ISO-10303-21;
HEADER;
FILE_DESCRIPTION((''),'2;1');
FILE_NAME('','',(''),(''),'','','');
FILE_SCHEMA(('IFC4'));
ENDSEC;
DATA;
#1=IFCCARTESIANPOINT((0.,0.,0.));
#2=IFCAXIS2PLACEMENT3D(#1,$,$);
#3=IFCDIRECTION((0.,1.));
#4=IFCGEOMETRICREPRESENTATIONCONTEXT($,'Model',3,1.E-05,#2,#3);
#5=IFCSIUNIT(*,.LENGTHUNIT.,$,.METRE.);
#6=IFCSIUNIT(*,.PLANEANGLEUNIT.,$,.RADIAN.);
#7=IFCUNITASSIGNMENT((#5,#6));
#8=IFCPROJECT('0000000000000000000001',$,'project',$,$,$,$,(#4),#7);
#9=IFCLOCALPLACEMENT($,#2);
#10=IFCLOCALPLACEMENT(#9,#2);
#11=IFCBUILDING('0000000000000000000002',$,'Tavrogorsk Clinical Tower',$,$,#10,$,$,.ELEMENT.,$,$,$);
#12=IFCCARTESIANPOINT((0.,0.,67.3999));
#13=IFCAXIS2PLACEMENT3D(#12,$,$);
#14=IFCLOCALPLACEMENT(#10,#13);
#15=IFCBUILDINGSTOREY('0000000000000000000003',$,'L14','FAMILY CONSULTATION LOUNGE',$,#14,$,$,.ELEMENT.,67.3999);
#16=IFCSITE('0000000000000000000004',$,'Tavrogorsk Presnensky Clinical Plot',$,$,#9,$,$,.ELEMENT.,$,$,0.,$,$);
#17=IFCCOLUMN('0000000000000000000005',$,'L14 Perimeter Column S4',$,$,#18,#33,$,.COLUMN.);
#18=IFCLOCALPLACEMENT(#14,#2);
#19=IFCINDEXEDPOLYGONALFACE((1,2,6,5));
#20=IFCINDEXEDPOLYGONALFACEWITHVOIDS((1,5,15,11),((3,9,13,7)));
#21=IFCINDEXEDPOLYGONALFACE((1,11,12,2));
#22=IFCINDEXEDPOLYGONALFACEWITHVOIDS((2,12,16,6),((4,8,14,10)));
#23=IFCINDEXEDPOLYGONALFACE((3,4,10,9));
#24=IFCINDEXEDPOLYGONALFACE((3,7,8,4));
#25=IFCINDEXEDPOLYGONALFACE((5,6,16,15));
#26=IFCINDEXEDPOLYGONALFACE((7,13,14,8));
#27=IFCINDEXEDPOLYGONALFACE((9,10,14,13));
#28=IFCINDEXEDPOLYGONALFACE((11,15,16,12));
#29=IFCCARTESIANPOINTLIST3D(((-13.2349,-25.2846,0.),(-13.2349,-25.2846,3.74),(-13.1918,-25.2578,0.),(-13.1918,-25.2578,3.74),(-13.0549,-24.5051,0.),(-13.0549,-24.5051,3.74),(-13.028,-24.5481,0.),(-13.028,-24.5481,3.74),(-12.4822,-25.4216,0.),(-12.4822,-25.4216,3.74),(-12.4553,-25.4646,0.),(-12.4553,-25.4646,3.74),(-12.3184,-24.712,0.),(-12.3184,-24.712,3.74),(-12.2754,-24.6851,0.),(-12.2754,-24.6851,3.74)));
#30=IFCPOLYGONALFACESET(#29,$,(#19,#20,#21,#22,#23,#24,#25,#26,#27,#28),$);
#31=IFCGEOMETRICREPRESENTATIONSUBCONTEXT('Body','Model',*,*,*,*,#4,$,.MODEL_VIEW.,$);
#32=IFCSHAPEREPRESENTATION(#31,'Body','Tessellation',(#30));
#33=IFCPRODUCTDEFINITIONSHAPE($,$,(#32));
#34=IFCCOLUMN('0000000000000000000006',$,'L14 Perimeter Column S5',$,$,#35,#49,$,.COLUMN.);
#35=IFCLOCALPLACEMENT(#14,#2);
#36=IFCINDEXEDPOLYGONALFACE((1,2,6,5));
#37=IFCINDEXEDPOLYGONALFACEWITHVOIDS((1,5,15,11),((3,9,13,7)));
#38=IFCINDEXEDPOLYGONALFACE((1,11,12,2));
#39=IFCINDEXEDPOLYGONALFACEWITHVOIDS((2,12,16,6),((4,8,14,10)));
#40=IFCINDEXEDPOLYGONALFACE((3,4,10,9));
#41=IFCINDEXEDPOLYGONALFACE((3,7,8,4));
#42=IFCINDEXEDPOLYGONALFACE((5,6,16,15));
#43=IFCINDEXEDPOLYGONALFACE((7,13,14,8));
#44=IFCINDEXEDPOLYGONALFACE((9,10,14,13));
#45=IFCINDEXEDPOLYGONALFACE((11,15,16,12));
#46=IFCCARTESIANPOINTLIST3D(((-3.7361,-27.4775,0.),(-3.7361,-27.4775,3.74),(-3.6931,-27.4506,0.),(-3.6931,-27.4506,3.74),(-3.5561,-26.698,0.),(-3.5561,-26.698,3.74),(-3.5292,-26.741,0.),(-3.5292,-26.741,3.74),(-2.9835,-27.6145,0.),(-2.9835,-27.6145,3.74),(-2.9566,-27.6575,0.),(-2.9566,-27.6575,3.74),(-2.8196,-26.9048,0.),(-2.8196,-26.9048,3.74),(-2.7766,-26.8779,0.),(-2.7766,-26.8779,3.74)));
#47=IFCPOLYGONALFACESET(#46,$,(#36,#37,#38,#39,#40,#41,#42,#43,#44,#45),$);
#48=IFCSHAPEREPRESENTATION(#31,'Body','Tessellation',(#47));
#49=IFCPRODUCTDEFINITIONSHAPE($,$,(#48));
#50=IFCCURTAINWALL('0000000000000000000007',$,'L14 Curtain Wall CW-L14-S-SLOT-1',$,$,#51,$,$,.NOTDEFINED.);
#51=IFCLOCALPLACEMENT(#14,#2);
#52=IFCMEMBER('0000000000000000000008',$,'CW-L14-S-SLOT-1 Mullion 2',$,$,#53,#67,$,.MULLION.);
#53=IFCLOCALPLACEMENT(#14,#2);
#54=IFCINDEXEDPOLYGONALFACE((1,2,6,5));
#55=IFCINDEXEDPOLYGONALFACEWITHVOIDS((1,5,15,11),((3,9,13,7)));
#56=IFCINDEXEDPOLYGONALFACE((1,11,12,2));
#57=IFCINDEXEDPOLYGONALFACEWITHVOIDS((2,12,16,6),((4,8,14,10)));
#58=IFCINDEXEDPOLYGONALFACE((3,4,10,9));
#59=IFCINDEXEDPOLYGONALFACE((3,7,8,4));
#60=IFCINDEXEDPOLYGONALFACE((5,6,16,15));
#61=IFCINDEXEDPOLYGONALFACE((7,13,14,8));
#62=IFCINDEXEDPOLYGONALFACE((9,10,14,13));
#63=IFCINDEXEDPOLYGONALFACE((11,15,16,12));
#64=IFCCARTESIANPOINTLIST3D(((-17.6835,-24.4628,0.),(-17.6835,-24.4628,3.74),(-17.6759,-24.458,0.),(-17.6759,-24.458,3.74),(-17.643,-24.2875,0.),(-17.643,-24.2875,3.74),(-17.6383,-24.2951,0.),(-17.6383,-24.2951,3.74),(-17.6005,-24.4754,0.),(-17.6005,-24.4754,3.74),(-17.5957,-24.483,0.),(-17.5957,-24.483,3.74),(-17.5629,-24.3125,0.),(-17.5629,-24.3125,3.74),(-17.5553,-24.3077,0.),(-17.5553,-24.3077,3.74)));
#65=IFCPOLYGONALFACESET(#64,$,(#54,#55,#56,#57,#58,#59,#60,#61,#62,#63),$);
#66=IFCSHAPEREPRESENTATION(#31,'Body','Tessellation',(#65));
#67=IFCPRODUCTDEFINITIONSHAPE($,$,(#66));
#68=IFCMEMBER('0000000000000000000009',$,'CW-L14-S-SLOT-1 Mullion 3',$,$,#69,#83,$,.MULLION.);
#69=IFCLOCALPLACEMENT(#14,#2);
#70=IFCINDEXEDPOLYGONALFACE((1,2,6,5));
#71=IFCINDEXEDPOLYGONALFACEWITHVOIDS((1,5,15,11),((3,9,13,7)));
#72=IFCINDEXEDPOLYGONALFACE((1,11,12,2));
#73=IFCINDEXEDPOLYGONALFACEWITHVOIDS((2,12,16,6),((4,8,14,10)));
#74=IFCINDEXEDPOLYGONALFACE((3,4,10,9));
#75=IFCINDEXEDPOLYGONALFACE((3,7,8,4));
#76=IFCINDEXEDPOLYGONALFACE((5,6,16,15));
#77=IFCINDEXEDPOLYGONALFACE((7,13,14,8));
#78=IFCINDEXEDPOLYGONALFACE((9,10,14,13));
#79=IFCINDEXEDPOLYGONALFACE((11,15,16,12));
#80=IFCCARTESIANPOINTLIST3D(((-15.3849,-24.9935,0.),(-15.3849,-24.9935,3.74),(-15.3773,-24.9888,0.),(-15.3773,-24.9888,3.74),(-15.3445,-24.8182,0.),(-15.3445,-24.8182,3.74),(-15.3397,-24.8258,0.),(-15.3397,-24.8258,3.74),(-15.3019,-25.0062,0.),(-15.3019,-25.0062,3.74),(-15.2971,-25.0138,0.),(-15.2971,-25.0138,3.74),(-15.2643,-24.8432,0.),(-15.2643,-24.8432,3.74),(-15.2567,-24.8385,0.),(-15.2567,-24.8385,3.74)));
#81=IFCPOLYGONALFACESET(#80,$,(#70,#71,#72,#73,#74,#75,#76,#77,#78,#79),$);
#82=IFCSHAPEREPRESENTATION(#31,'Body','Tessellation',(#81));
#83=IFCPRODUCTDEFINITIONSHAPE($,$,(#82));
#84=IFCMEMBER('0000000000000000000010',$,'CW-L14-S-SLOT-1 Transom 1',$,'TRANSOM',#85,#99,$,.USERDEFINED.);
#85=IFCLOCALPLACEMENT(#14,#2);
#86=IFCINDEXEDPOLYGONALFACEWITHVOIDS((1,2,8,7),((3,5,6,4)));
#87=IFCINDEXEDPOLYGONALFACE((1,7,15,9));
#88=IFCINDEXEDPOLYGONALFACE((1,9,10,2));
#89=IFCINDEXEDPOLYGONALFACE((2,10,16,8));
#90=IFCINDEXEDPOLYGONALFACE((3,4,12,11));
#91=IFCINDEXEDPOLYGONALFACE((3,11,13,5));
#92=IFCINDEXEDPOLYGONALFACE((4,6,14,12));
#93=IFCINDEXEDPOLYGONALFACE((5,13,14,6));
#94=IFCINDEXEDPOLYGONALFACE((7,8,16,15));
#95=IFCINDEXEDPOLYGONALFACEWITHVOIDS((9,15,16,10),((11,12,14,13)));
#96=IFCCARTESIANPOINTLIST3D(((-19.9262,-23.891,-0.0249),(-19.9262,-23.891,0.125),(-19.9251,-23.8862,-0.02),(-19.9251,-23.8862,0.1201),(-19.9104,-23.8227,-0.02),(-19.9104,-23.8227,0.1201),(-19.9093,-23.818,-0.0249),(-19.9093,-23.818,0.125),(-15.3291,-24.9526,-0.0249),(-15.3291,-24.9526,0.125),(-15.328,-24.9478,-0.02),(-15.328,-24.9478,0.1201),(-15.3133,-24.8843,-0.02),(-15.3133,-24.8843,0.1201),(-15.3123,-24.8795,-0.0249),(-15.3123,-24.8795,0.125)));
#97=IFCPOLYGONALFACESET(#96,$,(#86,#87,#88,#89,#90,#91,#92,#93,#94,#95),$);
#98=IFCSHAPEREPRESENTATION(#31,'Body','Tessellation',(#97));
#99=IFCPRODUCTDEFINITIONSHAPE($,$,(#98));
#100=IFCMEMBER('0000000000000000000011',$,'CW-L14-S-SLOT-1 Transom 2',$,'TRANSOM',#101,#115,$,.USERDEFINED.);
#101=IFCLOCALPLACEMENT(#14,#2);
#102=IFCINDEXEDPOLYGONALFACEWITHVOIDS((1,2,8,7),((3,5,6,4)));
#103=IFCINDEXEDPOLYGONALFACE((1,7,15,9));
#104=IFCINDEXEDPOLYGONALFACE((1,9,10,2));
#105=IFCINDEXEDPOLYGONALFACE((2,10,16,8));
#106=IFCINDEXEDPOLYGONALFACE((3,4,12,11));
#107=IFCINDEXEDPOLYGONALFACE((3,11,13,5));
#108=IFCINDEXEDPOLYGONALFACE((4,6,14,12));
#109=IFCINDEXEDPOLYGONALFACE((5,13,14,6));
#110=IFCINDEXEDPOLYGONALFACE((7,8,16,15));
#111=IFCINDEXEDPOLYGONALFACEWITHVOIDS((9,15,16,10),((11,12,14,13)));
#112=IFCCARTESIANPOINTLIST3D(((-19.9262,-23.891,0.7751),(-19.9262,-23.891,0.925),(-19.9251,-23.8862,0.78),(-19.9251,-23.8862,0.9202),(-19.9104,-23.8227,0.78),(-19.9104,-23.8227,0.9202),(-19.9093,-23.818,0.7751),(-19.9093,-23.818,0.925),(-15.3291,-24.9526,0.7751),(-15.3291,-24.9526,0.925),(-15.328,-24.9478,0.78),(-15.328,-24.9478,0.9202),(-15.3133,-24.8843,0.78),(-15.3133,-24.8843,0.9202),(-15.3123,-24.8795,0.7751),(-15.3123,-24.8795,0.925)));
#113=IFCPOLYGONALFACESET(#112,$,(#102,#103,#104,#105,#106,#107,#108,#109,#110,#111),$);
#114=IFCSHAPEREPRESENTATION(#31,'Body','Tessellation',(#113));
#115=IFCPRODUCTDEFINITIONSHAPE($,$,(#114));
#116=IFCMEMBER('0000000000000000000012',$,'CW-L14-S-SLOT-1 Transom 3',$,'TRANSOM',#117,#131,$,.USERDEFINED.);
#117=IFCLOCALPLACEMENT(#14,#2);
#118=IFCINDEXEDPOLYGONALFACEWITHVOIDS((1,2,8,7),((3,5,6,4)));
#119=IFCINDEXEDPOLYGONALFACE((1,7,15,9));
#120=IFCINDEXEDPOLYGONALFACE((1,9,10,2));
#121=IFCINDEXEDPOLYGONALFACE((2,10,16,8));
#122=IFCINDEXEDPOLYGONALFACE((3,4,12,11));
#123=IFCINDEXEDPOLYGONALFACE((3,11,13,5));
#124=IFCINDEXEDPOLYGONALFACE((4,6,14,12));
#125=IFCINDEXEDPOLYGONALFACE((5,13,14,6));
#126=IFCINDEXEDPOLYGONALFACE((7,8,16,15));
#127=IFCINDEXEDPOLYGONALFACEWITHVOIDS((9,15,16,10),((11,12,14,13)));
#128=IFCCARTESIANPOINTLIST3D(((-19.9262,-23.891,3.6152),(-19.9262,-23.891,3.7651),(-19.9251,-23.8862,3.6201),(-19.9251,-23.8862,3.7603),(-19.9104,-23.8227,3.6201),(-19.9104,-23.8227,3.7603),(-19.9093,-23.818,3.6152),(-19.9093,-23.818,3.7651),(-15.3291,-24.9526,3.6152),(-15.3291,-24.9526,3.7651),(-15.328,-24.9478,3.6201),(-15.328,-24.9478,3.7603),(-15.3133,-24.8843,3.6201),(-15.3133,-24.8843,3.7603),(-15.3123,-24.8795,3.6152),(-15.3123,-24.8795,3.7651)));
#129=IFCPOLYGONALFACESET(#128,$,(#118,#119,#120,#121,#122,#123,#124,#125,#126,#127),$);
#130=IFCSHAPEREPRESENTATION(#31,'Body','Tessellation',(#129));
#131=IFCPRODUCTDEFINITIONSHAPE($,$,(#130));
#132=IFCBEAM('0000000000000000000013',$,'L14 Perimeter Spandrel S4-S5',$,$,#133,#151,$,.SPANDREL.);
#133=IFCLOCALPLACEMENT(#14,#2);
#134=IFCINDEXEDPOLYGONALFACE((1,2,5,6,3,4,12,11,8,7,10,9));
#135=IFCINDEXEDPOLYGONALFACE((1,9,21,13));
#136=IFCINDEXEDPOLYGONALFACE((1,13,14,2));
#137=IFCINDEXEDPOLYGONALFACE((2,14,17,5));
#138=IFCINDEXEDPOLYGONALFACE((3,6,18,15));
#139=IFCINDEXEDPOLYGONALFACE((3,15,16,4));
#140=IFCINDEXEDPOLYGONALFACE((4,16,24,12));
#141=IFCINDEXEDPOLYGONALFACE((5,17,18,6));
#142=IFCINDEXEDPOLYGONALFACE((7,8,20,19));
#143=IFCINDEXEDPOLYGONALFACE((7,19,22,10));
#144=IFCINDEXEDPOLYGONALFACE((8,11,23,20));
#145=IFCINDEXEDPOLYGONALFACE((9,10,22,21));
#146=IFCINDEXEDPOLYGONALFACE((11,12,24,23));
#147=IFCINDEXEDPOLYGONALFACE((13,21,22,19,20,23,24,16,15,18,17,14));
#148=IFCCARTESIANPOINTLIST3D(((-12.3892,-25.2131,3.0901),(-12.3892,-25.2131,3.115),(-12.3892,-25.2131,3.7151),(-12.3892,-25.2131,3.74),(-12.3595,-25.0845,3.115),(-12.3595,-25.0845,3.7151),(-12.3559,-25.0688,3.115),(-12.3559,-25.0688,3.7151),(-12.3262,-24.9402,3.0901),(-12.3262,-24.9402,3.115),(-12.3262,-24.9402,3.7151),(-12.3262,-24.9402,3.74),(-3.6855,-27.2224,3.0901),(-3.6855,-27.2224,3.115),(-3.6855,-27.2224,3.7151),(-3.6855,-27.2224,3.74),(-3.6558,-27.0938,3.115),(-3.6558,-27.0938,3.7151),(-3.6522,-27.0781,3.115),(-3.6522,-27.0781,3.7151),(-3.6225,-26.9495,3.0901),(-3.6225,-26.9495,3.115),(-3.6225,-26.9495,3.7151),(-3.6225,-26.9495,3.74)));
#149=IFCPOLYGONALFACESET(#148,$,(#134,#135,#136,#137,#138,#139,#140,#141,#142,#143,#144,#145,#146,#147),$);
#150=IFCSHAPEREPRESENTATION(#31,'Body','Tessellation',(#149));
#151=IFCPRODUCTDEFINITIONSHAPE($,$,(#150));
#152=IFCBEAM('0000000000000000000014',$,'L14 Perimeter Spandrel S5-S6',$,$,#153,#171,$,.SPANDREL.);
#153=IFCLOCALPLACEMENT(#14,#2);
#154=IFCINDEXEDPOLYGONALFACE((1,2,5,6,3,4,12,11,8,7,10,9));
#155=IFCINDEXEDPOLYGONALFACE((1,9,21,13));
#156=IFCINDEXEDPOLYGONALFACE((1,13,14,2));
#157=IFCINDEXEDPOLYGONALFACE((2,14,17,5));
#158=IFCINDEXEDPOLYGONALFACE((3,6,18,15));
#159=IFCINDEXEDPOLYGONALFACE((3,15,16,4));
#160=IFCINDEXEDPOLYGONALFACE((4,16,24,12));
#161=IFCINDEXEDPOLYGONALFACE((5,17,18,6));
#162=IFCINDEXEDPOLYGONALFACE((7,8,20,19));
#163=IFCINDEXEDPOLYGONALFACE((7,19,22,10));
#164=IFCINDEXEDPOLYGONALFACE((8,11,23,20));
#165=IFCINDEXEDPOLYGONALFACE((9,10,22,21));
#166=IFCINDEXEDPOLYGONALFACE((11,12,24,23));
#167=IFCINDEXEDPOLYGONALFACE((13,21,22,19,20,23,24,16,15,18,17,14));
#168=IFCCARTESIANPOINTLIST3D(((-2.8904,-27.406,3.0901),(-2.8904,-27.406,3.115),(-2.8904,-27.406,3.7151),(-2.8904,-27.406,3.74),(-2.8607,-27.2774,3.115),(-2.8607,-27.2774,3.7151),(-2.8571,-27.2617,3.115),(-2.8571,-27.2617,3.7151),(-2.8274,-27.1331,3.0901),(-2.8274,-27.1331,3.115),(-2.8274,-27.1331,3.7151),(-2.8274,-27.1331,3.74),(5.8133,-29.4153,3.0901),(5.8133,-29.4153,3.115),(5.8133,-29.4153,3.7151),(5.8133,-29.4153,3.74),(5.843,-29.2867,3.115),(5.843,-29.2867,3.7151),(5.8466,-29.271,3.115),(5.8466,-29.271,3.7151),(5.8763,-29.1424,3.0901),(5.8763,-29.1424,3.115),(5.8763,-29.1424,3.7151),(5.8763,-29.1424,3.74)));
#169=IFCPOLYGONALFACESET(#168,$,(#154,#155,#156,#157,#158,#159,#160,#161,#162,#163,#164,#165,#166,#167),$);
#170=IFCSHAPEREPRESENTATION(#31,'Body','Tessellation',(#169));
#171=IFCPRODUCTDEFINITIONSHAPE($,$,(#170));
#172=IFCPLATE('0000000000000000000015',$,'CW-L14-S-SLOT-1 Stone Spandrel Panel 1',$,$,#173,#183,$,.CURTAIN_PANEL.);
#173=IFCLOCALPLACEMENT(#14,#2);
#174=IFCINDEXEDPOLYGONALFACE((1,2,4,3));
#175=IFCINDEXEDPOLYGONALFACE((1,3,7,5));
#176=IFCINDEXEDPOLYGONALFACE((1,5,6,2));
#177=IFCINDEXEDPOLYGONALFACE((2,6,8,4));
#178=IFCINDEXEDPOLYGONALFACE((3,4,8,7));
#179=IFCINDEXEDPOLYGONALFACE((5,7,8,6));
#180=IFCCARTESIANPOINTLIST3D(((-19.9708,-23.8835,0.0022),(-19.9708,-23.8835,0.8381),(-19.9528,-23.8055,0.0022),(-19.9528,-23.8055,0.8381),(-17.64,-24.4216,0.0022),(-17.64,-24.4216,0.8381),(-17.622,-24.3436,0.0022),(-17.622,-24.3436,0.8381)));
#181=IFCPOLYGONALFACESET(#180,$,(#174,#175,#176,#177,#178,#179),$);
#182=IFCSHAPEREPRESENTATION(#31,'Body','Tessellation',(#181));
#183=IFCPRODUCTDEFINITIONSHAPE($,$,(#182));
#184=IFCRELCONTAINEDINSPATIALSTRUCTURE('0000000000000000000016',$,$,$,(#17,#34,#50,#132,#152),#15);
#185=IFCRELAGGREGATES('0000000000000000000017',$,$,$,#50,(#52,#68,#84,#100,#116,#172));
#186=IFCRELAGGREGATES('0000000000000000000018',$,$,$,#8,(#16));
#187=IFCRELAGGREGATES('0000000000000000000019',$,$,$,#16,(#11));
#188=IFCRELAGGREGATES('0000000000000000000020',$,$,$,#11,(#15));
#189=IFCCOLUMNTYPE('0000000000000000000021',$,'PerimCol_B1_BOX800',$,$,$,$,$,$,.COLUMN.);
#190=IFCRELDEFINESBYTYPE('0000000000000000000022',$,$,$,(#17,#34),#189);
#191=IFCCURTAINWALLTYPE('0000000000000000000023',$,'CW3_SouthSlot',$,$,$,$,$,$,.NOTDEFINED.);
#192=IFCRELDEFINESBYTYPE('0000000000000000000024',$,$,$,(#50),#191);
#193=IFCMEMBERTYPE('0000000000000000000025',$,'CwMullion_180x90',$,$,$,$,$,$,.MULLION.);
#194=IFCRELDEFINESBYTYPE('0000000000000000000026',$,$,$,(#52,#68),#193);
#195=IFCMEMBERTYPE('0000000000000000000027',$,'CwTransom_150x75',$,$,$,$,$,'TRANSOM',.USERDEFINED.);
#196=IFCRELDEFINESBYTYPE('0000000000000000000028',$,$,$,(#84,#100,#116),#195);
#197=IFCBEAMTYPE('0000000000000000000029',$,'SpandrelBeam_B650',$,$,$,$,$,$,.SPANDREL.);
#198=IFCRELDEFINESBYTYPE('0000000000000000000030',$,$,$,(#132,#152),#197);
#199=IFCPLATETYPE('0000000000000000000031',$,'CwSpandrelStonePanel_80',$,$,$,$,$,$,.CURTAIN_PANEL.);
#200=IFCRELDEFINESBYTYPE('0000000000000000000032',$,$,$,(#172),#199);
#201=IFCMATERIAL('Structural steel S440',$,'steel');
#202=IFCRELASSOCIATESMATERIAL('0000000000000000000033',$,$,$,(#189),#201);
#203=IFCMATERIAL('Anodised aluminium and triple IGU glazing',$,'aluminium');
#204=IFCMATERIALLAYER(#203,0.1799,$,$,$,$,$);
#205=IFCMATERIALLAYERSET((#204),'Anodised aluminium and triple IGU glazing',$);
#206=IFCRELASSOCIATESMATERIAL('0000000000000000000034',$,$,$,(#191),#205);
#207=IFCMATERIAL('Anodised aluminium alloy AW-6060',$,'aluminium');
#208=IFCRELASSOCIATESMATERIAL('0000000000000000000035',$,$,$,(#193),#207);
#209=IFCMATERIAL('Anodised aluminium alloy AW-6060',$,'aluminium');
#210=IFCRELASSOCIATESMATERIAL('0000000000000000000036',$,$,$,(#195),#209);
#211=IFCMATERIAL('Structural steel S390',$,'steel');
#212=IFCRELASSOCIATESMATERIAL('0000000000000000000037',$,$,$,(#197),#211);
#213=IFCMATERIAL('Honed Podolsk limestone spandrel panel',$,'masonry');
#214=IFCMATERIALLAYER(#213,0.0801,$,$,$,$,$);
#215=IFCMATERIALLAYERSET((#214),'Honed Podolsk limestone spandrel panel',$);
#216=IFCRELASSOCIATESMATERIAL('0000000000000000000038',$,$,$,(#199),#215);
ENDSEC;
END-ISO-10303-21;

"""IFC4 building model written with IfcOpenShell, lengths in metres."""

from ifc_helpers import new_model, si_unit, direction, frame, origin, origin_2d, place, context, subcontext, project, spatial, rectangle, hollow_rectangle, i_section, extrude, material, layer, layer_set, material_profile, profile_set, type_object, element, aggregate, save


model = new_model("IFC4")

# Units and contexts
model_context = context("Model", 3, precision=1e-05, world=origin(), true_north=direction((0.0, 1.0)))
body_context = subcontext(model_context, "Body", "Model", "MODEL_VIEW")
ifc_project = project(units=[si_unit("LENGTHUNIT", "METRE"), si_unit("PLANEANGLEUNIT", "RADIAN")], contexts=[model_context])

# Site, building, storey
site_placement = place(None, origin())
site = spatial("IfcSite", under=ifc_project, at=site_placement, Name="Tavrogorsk Presnensky Clinical Plot", CompositionType="ELEMENT", RefElevation=0.0)
building_placement = place(site_placement, origin())
building = spatial("IfcBuilding", under=site, at=building_placement, Name="Tavrogorsk Clinical Tower", CompositionType="ELEMENT")
storey_placement = place(building_placement, frame((0.0, 0.0, 67.3999)))
storey = spatial("IfcBuildingStorey", under=building, at=storey_placement, Name="L14", Description="FAMILY CONSULTATION LOUNGE", CompositionType="ELEMENT", Elevation=67.3999)

# Columns
ifc_material_1 = material(Name="Structural steel S440", Category="steel")
ifc_material_profile_1 = material_profile(ifc_material_1, hollow_rectangle(XDim=0.8, YDim=0.8, WallThickness=0.0359, at=origin_2d()), Name="BOX-800x800x36")
ifc_profile_set_1 = profile_set([ifc_material_profile_1], Name="Structural steel S440")
column_type = type_object("IfcColumnType", Name="PerimCol_B1_BOX800", PredefinedType="COLUMN", material=ifc_profile_set_1)
for number, where, z_axis, x_axis, name in (
    (1, (-12.7551, -24.9849, 0.0), (0.0, 0.0, 1.0), (0.97437, -0.224951, 0.0), "L14 Perimeter Column S4"),
    (2, (-3.2563, -27.1777, 0.0), (0.0, 0.0, 1.0), (0.97437, -0.224951, 0.0), "L14 Perimeter Column S5"),
):
    element("IfcColumn", number, at=place(storey_placement, frame(where, z_axis=z_axis, x_axis=x_axis)), inside=storey, type_object=column_type, Name=name, PredefinedType="COLUMN", context=body_context, shape_type="SweptSolid", body=[
        extrude(hollow_rectangle(XDim=0.8, YDim=0.8, WallThickness=0.0359, at=origin_2d()), origin(), (0.0, 0.0, 1.0), 3.74),
    ])

# Curtain wall, members
ifc_material_2 = material(Name="Anodised aluminium and triple IGU glazing", Category="aluminium")
ifc_layer_1 = layer(ifc_material_2, 0.1799)
ifc_layer_set_1 = layer_set([ifc_layer_1], Name="Anodised aluminium and triple IGU glazing")
curtain_wall_type = type_object("IfcCurtainWallType", Name="CW3_SouthSlot", PredefinedType="NOTDEFINED", material=ifc_layer_set_1)
curtain_wall_placement = place(storey_placement, origin())
curtain_wall = element("IfcCurtainWall", 3, at=curtain_wall_placement, inside=storey, type_object=curtain_wall_type, Name="L14 Curtain Wall CW-L14-S-SLOT-1", PredefinedType="NOTDEFINED")
ifc_material_3 = material(Name="Anodised aluminium alloy AW-6060", Category="aluminium")
ifc_material_profile_2 = material_profile(ifc_material_3, hollow_rectangle(XDim=0.0901, YDim=0.1799, WallThickness=0.0063, at=origin_2d()), Name="RHS-180x90x6.3")
ifc_profile_set_2 = profile_set([ifc_material_profile_2], Name="Anodised aluminium alloy AW-6060")
member_type_1 = type_object("IfcMemberType", Name="CwMullion_180x90", PredefinedType="MULLION", material=ifc_profile_set_2)
member_1_placement = place(storey_placement, frame((-17.6194, -24.3853, 0.0), z_axis=(0.0, 0.0, 1.0), x_axis=(0.97437, -0.224951, 0.0)))
member_1 = element("IfcMember", 4, at=member_1_placement, type_object=member_type_1, Name="CW-L14-S-SLOT-1 Mullion 2", PredefinedType="MULLION", context=body_context, shape_type="SweptSolid", body=[
    extrude(hollow_rectangle(XDim=0.0901, YDim=0.1799, WallThickness=0.0063, at=origin_2d()), origin(), (0.0, 0.0, 1.0), 3.74),
])
member_2_placement = place(storey_placement, frame((-15.3208, -24.916, 0.0), z_axis=(0.0, 0.0, 1.0), x_axis=(0.97437, -0.224951, 0.0)))
member_2 = element("IfcMember", 5, at=member_2_placement, type_object=member_type_1, Name="CW-L14-S-SLOT-1 Mullion 3", PredefinedType="MULLION", context=body_context, shape_type="SweptSolid", body=[
    extrude(hollow_rectangle(XDim=0.0901, YDim=0.1799, WallThickness=0.0063, at=origin_2d()), origin(), (0.0, 0.0, 1.0), 3.74),
])
ifc_material_4 = material(Name="Anodised aluminium alloy AW-6060", Category="aluminium")
ifc_material_profile_3 = material_profile(ifc_material_4, hollow_rectangle(XDim=0.075, YDim=0.1499, WallThickness=0.0049, at=origin_2d()), Name="RHS-150x75x5")
ifc_profile_set_3 = profile_set([ifc_material_profile_3], Name="Anodised aluminium alloy AW-6060")
member_type_2 = type_object("IfcMemberType", Name="CwTransom_150x75", ElementType="TRANSOM", PredefinedType="USERDEFINED", material=ifc_profile_set_3)
member_3_placement = place(storey_placement, frame((-19.9177, -23.8545, 0.05), z_axis=(0.974359, -0.224999, 0.0), x_axis=(0.224999, 0.974359, 0.0)))
member_3 = element("IfcMember", 6, at=member_3_placement, type_object=member_type_2, Name="CW-L14-S-SLOT-1 Transom 1", ObjectType="TRANSOM", PredefinedType="USERDEFINED", context=body_context, shape_type="SweptSolid", body=[
    extrude(hollow_rectangle(XDim=0.075, YDim=0.1499, WallThickness=0.0049, at=origin_2d()), origin(), (0.0, 0.0, 1.0), 4.718),
])
member_4_placement = place(storey_placement, frame((-19.9177, -23.8545, 0.8501), z_axis=(0.974359, -0.224999, 0.0), x_axis=(0.224999, 0.974359, 0.0)))
member_4 = element("IfcMember", 7, at=member_4_placement, type_object=member_type_2, Name="CW-L14-S-SLOT-1 Transom 2", ObjectType="TRANSOM", PredefinedType="USERDEFINED", context=body_context, shape_type="SweptSolid", body=[
    extrude(hollow_rectangle(XDim=0.075, YDim=0.1499, WallThickness=0.0049, at=origin_2d()), origin(), (0.0, 0.0, 1.0), 4.718),
])
member_5_placement = place(storey_placement, frame((-19.9177, -23.8545, 3.6902), z_axis=(0.974359, -0.224999, 0.0), x_axis=(0.224999, 0.974359, 0.0)))
member_5 = element("IfcMember", 8, at=member_5_placement, type_object=member_type_2, Name="CW-L14-S-SLOT-1 Transom 3", ObjectType="TRANSOM", PredefinedType="USERDEFINED", context=body_context, shape_type="SweptSolid", body=[
    extrude(hollow_rectangle(XDim=0.075, YDim=0.1499, WallThickness=0.0049, at=origin_2d()), origin(), (0.0, 0.0, 1.0), 4.718),
])

# Beams
ifc_material_5 = material(Name="Structural steel S390", Category="steel")
ifc_material_profile_4 = material_profile(ifc_material_5, i_section(OverallWidth=0.28, OverallDepth=0.6499, WebThickness=0.0161, FlangeThickness=0.0249, at=origin_2d()), Name="B-650x280x16x25")
ifc_profile_set_4 = profile_set([ifc_material_profile_4], Name="Structural steel S390")
beam_type = type_object("IfcBeamType", Name="SpandrelBeam_B650", PredefinedType="SPANDREL", material=ifc_profile_set_4)
for number, where, z_axis, x_axis, name in (
    (9, (-12.3577, -25.0767, 3.415), (0.974373, -0.224939, 0.0), (0.224939, 0.974373, 0.0), "L14 Perimeter Spandrel S4-S5"),
    (10, (-2.8589, -27.2695, 3.415), (0.974373, -0.224939, 0.0), (0.224939, 0.974373, 0.0), "L14 Perimeter Spandrel S5-S6"),
):
    element("IfcBeam", number, at=place(storey_placement, frame(where, z_axis=z_axis, x_axis=x_axis)), inside=storey, type_object=beam_type, Name=name, PredefinedType="SPANDREL", context=body_context, shape_type="SweptSolid", body=[
        extrude(i_section(OverallWidth=0.28, OverallDepth=0.6499, WebThickness=0.0161, FlangeThickness=0.0249, at=origin_2d()), origin(), (0.0, 0.0, 1.0), 8.9326),
    ])

# Plate
ifc_material_6 = material(Name="Honed Podolsk limestone spandrel panel", Category="masonry")
ifc_layer_2 = layer(ifc_material_6, 0.0801)
ifc_layer_set_2 = layer_set([ifc_layer_2], Name="Honed Podolsk limestone spandrel panel")
plate_type_1 = type_object("IfcPlateType", Name="CwSpandrelStonePanel_80", PredefinedType="CURTAIN_PANEL", material=ifc_layer_set_2)
plate_1_placement = place(storey_placement, frame((-18.7964, -24.1135, 0.0022), z_axis=(0.0, 0.0, 1.0), x_axis=(0.97437, -0.224951, 0.0)))
plate_1 = element("IfcPlate", 11, at=plate_1_placement, type_object=plate_type_1, Name="CW-L14-S-SLOT-1 Stone Spandrel Panel 1", PredefinedType="CURTAIN_PANEL", context=body_context, shape_type="SweptSolid", body=[
    extrude(rectangle(XDim=2.3921, YDim=0.0801, at=origin_2d()), origin(), (0.0, 0.0, 1.0), 0.8359),
])
aggregate(curtain_wall, [member_1, member_2, member_3, member_4, member_5, plate_1])

save(model, "model.ifc")
